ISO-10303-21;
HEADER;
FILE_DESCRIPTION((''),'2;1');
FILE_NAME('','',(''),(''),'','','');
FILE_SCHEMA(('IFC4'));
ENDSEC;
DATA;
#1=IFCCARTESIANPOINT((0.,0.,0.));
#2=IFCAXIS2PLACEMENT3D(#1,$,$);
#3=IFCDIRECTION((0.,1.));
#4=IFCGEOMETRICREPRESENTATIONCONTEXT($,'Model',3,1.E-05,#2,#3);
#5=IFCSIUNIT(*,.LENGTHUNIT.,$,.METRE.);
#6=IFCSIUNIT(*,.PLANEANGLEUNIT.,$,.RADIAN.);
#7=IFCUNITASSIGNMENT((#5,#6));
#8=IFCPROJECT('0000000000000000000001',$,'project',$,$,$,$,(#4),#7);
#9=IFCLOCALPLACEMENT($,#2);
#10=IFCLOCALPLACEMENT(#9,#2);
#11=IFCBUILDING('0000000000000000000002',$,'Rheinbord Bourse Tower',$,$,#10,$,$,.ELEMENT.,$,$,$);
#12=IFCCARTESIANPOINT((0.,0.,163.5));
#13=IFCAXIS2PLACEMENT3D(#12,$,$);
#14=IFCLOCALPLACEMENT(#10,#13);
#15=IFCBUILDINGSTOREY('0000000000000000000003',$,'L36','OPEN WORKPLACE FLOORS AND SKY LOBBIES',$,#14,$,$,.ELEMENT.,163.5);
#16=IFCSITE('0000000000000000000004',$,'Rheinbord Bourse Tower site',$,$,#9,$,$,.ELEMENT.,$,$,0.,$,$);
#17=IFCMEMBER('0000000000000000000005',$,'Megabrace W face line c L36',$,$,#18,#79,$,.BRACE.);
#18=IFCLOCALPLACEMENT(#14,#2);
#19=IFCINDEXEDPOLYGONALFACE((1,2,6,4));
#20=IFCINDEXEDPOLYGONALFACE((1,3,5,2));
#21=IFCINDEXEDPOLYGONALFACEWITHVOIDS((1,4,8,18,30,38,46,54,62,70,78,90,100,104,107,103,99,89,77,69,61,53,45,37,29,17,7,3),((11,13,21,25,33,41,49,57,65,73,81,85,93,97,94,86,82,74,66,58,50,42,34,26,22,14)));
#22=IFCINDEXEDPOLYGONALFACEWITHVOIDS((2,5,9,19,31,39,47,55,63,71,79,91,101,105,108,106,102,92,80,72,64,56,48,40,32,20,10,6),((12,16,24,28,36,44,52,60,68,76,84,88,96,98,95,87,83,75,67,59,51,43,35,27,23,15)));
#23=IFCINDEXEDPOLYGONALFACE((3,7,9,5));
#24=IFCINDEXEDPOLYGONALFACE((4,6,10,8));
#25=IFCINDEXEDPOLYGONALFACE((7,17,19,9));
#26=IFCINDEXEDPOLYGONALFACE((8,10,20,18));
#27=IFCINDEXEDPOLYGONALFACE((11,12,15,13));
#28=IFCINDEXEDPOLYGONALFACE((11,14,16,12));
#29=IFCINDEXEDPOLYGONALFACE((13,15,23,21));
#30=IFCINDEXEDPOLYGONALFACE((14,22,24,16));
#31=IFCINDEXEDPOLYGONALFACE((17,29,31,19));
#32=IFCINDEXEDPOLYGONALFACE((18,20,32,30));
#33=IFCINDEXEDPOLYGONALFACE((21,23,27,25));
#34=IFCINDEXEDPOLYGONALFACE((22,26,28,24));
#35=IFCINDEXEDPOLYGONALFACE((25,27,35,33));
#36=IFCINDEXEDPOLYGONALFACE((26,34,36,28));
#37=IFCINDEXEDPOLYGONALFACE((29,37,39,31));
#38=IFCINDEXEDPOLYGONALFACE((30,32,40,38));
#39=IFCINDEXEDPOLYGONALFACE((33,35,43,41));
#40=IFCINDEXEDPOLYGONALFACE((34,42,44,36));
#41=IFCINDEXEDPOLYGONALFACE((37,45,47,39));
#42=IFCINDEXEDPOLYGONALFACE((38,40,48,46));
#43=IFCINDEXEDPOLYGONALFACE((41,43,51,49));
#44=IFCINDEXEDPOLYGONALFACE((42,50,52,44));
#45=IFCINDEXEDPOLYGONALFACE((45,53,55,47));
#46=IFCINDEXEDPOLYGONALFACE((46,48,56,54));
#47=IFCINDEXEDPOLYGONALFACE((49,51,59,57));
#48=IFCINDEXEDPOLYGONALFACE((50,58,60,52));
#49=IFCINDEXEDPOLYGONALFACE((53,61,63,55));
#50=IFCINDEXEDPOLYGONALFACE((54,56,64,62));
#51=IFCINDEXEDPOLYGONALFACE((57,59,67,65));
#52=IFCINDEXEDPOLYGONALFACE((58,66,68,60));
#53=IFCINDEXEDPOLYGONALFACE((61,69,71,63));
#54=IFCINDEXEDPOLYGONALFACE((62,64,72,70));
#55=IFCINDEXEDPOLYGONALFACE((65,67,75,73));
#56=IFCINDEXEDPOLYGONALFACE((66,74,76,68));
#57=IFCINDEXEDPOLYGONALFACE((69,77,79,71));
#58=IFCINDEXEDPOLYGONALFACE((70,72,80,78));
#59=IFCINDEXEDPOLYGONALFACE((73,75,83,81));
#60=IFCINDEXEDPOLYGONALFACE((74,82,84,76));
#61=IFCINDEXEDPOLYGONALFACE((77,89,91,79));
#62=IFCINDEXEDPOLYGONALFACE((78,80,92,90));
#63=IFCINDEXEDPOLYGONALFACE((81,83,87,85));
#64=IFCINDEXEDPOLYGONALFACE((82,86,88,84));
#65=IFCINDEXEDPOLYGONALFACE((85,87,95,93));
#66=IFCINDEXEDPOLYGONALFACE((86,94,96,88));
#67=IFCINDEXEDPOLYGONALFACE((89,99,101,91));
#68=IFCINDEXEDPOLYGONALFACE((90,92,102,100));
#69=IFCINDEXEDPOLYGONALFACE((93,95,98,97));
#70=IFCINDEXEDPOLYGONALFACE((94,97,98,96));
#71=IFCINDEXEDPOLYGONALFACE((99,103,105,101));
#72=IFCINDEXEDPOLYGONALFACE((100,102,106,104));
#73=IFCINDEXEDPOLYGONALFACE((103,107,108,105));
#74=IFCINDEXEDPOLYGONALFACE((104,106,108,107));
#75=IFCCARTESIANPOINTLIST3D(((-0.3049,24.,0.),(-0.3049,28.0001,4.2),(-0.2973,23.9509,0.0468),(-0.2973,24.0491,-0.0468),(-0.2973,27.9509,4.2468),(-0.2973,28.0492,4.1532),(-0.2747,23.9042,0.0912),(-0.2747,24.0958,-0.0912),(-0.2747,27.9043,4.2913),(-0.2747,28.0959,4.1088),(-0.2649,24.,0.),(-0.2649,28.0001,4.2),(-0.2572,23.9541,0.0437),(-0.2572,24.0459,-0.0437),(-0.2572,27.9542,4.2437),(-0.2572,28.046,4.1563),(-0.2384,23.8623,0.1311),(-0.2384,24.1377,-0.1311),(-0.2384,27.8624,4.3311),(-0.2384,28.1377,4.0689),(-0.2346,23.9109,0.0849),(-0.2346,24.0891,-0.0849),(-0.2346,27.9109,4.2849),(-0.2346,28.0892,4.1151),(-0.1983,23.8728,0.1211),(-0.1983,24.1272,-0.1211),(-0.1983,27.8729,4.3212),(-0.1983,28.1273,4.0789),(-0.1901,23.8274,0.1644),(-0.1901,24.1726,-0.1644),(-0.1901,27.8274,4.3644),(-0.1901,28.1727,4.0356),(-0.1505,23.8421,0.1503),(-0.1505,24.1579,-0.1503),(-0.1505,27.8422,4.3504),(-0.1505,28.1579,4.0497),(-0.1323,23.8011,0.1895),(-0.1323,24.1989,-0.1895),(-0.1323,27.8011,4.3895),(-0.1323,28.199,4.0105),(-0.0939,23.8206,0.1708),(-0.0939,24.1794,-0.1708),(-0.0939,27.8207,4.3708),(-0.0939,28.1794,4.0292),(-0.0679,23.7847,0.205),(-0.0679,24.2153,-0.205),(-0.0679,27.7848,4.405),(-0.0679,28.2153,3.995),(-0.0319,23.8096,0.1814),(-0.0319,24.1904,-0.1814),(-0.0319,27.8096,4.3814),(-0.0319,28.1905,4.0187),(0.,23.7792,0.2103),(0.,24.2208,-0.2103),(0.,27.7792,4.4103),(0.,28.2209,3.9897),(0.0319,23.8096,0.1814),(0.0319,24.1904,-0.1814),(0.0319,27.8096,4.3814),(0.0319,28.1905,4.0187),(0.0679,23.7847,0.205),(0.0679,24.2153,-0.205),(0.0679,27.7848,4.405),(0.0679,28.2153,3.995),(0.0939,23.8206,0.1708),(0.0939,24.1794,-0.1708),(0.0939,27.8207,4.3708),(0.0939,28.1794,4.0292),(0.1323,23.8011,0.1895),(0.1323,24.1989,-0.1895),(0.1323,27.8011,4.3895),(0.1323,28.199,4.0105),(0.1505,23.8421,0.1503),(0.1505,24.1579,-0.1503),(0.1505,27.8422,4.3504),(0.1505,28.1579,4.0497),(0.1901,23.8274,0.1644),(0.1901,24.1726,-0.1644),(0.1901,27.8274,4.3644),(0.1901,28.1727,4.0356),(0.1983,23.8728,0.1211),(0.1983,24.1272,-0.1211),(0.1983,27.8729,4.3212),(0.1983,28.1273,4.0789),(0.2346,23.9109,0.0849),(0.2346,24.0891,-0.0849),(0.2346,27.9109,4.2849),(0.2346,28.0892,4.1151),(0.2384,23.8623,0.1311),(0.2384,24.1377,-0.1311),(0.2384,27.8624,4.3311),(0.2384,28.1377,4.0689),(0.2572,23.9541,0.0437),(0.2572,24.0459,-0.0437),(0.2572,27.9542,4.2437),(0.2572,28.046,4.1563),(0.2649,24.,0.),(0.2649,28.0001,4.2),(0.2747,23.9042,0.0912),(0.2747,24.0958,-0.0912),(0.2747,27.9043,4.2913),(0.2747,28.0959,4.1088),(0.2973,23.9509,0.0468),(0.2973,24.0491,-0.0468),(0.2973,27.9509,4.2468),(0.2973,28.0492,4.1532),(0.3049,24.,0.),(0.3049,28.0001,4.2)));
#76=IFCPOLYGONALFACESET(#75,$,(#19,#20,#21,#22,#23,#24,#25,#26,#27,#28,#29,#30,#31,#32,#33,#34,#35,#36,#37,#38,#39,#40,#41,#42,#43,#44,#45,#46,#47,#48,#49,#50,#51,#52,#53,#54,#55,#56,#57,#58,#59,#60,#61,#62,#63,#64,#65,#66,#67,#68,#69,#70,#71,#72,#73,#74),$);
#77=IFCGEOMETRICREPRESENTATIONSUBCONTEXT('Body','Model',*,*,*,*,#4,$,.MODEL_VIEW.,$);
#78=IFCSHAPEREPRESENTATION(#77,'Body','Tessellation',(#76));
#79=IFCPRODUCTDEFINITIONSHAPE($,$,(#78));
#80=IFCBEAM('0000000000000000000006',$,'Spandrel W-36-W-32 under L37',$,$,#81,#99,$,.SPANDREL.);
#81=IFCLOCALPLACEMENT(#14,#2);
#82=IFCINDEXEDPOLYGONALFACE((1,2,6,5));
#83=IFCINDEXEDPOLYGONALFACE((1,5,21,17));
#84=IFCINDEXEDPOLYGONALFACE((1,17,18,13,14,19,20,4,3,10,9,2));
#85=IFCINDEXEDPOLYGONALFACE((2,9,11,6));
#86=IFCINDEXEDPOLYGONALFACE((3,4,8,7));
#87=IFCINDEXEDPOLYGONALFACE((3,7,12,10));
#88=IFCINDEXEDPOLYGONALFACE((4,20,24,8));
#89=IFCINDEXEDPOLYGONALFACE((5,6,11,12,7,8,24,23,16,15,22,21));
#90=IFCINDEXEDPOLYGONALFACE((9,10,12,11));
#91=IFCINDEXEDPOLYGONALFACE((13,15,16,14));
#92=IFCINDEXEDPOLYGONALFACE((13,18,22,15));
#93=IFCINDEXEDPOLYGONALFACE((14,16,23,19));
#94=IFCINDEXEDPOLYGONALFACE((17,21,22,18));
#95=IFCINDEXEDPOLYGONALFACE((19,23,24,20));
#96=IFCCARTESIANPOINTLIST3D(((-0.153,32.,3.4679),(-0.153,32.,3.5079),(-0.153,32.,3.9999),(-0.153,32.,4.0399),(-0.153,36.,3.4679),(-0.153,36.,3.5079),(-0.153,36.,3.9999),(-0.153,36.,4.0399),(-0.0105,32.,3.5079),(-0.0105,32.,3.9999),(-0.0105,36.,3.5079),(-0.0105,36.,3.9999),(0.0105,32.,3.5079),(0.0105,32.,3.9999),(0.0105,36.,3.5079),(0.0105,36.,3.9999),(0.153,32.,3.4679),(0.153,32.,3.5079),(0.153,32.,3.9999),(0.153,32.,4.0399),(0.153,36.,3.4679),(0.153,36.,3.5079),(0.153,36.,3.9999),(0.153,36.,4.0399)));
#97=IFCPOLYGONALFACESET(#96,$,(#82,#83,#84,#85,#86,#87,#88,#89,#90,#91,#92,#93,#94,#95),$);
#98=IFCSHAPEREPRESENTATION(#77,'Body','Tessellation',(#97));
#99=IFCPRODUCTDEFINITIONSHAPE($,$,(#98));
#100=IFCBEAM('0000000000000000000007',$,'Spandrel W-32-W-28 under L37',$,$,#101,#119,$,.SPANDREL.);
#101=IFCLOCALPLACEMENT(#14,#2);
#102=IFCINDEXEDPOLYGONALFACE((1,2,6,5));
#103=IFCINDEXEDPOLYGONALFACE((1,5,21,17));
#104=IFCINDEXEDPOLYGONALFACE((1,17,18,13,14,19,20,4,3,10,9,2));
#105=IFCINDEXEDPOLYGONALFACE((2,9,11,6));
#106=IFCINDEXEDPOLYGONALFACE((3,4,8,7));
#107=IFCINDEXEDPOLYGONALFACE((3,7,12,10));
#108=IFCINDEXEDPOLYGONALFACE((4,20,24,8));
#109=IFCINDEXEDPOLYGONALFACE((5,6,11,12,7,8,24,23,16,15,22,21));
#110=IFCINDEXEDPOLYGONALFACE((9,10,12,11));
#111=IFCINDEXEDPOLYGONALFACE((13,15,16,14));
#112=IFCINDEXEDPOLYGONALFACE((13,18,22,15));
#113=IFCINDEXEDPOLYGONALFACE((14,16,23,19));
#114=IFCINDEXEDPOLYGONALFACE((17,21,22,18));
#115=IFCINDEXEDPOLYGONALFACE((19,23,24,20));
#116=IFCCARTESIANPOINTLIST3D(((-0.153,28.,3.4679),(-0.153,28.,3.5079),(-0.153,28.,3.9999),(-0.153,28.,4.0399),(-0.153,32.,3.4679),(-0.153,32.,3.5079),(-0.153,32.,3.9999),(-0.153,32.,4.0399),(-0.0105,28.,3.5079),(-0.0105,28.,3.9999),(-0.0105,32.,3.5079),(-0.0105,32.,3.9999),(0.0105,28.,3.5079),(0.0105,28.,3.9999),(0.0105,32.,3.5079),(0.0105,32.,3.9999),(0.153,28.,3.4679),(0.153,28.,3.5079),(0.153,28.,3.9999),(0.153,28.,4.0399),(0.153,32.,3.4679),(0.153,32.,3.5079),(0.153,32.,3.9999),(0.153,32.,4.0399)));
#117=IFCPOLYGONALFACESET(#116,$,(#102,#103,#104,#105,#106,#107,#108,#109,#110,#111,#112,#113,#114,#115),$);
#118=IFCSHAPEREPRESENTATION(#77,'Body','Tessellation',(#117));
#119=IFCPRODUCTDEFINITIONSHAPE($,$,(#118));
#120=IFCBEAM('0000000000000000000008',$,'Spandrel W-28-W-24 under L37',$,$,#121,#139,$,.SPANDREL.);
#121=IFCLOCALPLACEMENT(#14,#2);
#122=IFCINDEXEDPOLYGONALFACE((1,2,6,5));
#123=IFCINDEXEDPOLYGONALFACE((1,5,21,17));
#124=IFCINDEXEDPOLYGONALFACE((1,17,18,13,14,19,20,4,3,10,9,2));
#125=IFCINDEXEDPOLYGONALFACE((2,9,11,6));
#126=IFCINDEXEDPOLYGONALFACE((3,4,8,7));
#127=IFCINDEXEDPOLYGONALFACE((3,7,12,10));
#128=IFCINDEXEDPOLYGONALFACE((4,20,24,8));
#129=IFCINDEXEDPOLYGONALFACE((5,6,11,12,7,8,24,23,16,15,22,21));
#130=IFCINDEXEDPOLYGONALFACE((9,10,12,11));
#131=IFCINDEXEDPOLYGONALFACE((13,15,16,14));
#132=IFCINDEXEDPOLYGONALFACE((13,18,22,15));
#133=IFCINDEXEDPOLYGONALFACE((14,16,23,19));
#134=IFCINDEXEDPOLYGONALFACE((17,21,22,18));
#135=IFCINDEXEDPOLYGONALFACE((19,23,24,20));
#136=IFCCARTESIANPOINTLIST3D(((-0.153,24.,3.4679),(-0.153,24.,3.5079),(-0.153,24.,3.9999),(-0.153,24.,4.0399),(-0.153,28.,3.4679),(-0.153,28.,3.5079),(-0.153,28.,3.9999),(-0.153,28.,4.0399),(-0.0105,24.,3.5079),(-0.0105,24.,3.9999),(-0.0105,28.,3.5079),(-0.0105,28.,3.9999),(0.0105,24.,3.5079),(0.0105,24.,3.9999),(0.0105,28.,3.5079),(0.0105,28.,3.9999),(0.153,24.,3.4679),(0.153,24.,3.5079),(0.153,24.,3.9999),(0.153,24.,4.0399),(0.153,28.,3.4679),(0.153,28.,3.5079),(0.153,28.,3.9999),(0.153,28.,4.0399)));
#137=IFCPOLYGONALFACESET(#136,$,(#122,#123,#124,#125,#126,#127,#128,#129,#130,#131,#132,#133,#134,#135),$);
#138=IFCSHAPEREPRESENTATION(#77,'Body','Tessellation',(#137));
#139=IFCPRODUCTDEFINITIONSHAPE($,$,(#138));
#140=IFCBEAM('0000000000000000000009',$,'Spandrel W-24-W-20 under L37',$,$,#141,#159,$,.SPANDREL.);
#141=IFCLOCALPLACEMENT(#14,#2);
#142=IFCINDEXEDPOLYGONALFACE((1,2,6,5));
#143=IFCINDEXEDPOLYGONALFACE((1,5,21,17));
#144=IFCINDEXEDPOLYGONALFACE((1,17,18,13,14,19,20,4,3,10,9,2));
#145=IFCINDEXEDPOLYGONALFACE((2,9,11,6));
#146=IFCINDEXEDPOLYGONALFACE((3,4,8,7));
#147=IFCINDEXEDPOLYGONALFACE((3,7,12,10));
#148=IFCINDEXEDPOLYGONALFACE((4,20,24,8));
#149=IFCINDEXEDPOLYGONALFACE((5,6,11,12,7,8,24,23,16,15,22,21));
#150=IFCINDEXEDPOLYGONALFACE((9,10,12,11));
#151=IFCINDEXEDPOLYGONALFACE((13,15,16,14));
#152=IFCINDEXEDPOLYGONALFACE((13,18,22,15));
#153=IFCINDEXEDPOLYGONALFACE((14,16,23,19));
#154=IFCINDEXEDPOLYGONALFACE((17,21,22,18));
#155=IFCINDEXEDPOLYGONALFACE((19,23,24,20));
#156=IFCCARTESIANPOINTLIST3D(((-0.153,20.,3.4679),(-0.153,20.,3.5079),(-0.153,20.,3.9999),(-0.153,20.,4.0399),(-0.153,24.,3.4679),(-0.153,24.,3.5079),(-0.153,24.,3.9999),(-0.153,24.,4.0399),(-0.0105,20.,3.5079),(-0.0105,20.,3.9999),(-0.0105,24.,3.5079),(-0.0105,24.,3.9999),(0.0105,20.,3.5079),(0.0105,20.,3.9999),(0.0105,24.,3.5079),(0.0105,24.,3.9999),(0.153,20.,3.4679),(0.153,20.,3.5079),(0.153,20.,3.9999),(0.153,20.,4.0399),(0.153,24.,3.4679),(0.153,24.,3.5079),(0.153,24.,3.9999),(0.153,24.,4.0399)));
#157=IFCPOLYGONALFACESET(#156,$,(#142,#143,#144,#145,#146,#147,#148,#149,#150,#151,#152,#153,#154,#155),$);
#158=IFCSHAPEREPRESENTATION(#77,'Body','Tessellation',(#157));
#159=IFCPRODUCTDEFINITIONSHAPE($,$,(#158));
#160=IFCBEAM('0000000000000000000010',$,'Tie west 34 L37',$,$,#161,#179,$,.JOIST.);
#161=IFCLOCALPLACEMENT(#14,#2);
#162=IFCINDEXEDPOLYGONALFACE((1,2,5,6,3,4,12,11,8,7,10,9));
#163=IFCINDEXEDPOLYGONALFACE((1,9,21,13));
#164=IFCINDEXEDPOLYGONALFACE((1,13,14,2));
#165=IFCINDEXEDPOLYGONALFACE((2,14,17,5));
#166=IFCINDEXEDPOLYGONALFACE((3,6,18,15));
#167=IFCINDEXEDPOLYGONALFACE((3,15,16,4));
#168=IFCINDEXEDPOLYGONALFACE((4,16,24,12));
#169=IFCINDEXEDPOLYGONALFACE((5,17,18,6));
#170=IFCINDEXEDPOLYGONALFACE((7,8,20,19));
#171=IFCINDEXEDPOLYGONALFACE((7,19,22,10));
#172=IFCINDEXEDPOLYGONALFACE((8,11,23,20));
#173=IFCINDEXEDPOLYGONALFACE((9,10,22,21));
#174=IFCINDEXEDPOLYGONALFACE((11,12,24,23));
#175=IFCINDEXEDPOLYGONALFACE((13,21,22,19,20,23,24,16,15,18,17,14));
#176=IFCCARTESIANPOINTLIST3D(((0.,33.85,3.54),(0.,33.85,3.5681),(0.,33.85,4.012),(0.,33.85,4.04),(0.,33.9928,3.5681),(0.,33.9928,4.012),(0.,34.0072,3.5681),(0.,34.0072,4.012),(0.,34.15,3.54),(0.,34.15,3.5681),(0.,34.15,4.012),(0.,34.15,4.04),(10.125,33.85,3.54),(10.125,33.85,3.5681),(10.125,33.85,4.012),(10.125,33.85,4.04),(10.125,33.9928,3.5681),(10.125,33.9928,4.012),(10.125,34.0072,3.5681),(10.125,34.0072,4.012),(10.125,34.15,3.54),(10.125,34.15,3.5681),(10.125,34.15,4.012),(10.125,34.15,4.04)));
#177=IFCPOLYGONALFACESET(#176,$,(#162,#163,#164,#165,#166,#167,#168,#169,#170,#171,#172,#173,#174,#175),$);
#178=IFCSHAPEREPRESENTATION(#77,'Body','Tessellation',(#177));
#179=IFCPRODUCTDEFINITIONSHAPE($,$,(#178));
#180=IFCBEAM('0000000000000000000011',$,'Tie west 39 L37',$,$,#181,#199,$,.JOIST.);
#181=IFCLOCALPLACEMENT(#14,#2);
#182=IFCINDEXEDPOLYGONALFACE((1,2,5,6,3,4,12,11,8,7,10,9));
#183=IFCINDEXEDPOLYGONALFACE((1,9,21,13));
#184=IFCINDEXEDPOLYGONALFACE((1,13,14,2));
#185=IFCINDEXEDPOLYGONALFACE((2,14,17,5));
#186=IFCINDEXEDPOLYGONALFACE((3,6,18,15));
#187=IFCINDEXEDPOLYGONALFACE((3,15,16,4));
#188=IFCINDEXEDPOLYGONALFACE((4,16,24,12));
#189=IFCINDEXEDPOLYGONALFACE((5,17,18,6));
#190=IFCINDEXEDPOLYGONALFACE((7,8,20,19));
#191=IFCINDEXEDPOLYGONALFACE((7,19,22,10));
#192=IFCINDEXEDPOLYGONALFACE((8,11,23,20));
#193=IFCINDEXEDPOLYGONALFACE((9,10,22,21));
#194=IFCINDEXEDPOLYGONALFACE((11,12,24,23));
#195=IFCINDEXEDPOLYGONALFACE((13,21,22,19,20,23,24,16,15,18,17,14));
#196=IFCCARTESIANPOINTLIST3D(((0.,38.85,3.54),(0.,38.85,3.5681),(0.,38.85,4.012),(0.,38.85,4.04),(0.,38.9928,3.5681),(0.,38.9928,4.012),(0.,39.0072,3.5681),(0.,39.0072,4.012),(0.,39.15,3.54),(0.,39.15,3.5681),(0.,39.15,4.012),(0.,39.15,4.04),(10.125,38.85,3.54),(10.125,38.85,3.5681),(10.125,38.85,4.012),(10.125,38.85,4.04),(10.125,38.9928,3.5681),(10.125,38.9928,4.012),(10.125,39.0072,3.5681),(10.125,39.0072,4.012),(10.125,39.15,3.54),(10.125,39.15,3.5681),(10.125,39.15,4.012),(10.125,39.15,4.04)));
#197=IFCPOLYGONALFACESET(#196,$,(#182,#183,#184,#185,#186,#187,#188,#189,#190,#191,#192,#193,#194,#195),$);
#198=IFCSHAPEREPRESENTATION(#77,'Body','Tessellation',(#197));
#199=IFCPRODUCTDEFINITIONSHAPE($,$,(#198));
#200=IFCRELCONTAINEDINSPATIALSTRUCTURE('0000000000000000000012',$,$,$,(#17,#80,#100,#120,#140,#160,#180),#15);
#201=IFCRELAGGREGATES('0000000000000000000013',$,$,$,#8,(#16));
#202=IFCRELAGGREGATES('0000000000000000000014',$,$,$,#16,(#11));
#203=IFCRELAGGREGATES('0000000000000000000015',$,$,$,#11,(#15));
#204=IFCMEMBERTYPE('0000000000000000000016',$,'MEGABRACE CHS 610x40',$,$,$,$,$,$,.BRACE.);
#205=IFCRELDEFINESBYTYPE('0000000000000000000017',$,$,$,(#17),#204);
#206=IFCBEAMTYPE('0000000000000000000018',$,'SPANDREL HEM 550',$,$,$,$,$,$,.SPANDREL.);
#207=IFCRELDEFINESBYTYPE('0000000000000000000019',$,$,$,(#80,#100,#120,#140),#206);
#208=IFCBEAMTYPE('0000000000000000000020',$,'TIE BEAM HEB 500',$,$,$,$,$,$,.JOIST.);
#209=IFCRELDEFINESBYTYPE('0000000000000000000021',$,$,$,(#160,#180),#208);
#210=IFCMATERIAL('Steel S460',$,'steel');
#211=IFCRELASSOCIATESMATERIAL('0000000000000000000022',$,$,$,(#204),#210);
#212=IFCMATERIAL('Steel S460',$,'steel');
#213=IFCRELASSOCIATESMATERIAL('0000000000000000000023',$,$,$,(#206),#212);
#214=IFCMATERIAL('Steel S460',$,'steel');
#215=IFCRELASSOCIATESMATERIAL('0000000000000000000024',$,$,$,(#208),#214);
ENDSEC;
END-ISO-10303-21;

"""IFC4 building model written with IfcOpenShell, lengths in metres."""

from ifc_helpers import new_model, si_unit, direction, frame, origin, origin_2d, place, context, subcontext, project, spatial, hollow_circle, i_section, extrude, material, material_profile, profile_set, type_object, element, save


model = new_model("IFC4")

# Units and contexts
model_context = context("Model", 3, precision=1e-05, world=origin(), true_north=direction((0.0, 1.0)))
body_context = subcontext(model_context, "Body", "Model", "MODEL_VIEW")
ifc_project = project(units=[si_unit("LENGTHUNIT", "METRE"), si_unit("PLANEANGLEUNIT", "RADIAN")], contexts=[model_context])

# Site, building, storey
site_placement = place(None, origin())
site = spatial("IfcSite", under=ifc_project, at=site_placement, Name="Rheinbord Bourse Tower site", CompositionType="ELEMENT", RefElevation=0.0)
building_placement = place(site_placement, origin())
building = spatial("IfcBuilding", under=site, at=building_placement, Name="Rheinbord Bourse Tower", CompositionType="ELEMENT")
storey_placement = place(building_placement, frame((0.0, 0.0, 163.5)))
storey = spatial("IfcBuildingStorey", under=building, at=storey_placement, Name="L36", Description="OPEN WORKPLACE FLOORS AND SKY LOBBIES", CompositionType="ELEMENT", Elevation=163.5)

# Member
ifc_material_1 = material(Name="Steel S460", Category="steel")
ifc_material_profile_1 = material_profile(ifc_material_1, hollow_circle(Radius=0.3049, WallThickness=0.04, at=origin_2d()), Name="CHS 610x40")
ifc_profile_set_1 = profile_set([ifc_material_profile_1], Name="Steel S460")
member_type_1 = type_object("IfcMemberType", Name="MEGABRACE CHS 610x40", PredefinedType="BRACE", material=ifc_profile_set_1)
for number, where, z_axis, x_axis, name in (
    (1, (0.0, 24.0, 0.0), (0.0, 0.689659, 0.724134), (-1.0, 0.0, 0.0), "Megabrace W face line c L36"),
):
    element("IfcMember", number, at=place(storey_placement, frame(where, z_axis=z_axis, x_axis=x_axis)), inside=storey, type_object=member_type_1, Name=name, PredefinedType="BRACE", context=body_context, shape_type="SweptSolid", body=[
        extrude(hollow_circle(Radius=0.3049, WallThickness=0.04, at=origin_2d()), origin(), (0.0, 0.0, 1.0), 5.8),
    ])

# Beams
ifc_material_2 = material(Name="Steel S460", Category="steel")
ifc_material_profile_2 = material_profile(ifc_material_2, i_section(OverallWidth=0.3059, OverallDepth=0.572, WebThickness=0.021, FlangeThickness=0.04, at=origin_2d()), Name="HEM 550")
ifc_profile_set_2 = profile_set([ifc_material_profile_2], Name="Steel S460")
beam_type_1 = type_object("IfcBeamType", Name="SPANDREL HEM 550", PredefinedType="SPANDREL", material=ifc_profile_set_2)
for number, where, z_axis, x_axis, name in (
    (2, (0.0, 36.0, 3.7539), (0.0, -1.0, 0.0), (1.0, 0.0, 0.0), "Spandrel W-36-W-32 under L37"),
    (3, (0.0, 32.0, 3.7539), (0.0, -1.0, 0.0), (1.0, 0.0, 0.0), "Spandrel W-32-W-28 under L37"),
    (4, (0.0, 28.0, 3.7539), (0.0, -1.0, 0.0), (1.0, 0.0, 0.0), "Spandrel W-28-W-24 under L37"),
    (5, (0.0, 24.0, 3.7539), (0.0, -1.0, 0.0), (1.0, 0.0, 0.0), "Spandrel W-24-W-20 under L37"),
):
    element("IfcBeam", number, at=place(storey_placement, frame(where, z_axis=z_axis, x_axis=x_axis)), inside=storey, type_object=beam_type_1, Name=name, PredefinedType="SPANDREL", context=body_context, shape_type="SweptSolid", body=[
        extrude(i_section(OverallWidth=0.3059, OverallDepth=0.572, WebThickness=0.021, FlangeThickness=0.04, at=origin_2d()), origin(), (0.0, 0.0, 1.0), 4.0),
    ])
ifc_material_3 = material(Name="Steel S460", Category="steel")
ifc_material_profile_3 = material_profile(ifc_material_3, i_section(OverallWidth=0.3, OverallDepth=0.5, WebThickness=0.0144, FlangeThickness=0.0281, at=origin_2d()), Name="HEB 500")
ifc_profile_set_3 = profile_set([ifc_material_profile_3], Name="Steel S460")
beam_type_2 = type_object("IfcBeamType", Name="TIE BEAM HEB 500", PredefinedType="JOIST", material=ifc_profile_set_3)
for number, where, z_axis, x_axis, name in (
    (6, (0.0, 34.0, 3.79), (1.0, 0.0, 0.0), (0.0, 1.0, 0.0), "Tie west 34 L37"),
    (7, (0.0, 39.0, 3.79), (1.0, 0.0, 0.0), (0.0, 1.0, 0.0), "Tie west 39 L37"),
):
    element("IfcBeam", number, at=place(storey_placement, frame(where, z_axis=z_axis, x_axis=x_axis)), inside=storey, type_object=beam_type_2, Name=name, PredefinedType="JOIST", context=body_context, shape_type="SweptSolid", body=[
        extrude(i_section(OverallWidth=0.3, OverallDepth=0.5, WebThickness=0.0144, FlangeThickness=0.0281, at=origin_2d()), origin(), (0.0, 0.0, 1.0), 10.125),
    ])

save(model, "model.ifc")
